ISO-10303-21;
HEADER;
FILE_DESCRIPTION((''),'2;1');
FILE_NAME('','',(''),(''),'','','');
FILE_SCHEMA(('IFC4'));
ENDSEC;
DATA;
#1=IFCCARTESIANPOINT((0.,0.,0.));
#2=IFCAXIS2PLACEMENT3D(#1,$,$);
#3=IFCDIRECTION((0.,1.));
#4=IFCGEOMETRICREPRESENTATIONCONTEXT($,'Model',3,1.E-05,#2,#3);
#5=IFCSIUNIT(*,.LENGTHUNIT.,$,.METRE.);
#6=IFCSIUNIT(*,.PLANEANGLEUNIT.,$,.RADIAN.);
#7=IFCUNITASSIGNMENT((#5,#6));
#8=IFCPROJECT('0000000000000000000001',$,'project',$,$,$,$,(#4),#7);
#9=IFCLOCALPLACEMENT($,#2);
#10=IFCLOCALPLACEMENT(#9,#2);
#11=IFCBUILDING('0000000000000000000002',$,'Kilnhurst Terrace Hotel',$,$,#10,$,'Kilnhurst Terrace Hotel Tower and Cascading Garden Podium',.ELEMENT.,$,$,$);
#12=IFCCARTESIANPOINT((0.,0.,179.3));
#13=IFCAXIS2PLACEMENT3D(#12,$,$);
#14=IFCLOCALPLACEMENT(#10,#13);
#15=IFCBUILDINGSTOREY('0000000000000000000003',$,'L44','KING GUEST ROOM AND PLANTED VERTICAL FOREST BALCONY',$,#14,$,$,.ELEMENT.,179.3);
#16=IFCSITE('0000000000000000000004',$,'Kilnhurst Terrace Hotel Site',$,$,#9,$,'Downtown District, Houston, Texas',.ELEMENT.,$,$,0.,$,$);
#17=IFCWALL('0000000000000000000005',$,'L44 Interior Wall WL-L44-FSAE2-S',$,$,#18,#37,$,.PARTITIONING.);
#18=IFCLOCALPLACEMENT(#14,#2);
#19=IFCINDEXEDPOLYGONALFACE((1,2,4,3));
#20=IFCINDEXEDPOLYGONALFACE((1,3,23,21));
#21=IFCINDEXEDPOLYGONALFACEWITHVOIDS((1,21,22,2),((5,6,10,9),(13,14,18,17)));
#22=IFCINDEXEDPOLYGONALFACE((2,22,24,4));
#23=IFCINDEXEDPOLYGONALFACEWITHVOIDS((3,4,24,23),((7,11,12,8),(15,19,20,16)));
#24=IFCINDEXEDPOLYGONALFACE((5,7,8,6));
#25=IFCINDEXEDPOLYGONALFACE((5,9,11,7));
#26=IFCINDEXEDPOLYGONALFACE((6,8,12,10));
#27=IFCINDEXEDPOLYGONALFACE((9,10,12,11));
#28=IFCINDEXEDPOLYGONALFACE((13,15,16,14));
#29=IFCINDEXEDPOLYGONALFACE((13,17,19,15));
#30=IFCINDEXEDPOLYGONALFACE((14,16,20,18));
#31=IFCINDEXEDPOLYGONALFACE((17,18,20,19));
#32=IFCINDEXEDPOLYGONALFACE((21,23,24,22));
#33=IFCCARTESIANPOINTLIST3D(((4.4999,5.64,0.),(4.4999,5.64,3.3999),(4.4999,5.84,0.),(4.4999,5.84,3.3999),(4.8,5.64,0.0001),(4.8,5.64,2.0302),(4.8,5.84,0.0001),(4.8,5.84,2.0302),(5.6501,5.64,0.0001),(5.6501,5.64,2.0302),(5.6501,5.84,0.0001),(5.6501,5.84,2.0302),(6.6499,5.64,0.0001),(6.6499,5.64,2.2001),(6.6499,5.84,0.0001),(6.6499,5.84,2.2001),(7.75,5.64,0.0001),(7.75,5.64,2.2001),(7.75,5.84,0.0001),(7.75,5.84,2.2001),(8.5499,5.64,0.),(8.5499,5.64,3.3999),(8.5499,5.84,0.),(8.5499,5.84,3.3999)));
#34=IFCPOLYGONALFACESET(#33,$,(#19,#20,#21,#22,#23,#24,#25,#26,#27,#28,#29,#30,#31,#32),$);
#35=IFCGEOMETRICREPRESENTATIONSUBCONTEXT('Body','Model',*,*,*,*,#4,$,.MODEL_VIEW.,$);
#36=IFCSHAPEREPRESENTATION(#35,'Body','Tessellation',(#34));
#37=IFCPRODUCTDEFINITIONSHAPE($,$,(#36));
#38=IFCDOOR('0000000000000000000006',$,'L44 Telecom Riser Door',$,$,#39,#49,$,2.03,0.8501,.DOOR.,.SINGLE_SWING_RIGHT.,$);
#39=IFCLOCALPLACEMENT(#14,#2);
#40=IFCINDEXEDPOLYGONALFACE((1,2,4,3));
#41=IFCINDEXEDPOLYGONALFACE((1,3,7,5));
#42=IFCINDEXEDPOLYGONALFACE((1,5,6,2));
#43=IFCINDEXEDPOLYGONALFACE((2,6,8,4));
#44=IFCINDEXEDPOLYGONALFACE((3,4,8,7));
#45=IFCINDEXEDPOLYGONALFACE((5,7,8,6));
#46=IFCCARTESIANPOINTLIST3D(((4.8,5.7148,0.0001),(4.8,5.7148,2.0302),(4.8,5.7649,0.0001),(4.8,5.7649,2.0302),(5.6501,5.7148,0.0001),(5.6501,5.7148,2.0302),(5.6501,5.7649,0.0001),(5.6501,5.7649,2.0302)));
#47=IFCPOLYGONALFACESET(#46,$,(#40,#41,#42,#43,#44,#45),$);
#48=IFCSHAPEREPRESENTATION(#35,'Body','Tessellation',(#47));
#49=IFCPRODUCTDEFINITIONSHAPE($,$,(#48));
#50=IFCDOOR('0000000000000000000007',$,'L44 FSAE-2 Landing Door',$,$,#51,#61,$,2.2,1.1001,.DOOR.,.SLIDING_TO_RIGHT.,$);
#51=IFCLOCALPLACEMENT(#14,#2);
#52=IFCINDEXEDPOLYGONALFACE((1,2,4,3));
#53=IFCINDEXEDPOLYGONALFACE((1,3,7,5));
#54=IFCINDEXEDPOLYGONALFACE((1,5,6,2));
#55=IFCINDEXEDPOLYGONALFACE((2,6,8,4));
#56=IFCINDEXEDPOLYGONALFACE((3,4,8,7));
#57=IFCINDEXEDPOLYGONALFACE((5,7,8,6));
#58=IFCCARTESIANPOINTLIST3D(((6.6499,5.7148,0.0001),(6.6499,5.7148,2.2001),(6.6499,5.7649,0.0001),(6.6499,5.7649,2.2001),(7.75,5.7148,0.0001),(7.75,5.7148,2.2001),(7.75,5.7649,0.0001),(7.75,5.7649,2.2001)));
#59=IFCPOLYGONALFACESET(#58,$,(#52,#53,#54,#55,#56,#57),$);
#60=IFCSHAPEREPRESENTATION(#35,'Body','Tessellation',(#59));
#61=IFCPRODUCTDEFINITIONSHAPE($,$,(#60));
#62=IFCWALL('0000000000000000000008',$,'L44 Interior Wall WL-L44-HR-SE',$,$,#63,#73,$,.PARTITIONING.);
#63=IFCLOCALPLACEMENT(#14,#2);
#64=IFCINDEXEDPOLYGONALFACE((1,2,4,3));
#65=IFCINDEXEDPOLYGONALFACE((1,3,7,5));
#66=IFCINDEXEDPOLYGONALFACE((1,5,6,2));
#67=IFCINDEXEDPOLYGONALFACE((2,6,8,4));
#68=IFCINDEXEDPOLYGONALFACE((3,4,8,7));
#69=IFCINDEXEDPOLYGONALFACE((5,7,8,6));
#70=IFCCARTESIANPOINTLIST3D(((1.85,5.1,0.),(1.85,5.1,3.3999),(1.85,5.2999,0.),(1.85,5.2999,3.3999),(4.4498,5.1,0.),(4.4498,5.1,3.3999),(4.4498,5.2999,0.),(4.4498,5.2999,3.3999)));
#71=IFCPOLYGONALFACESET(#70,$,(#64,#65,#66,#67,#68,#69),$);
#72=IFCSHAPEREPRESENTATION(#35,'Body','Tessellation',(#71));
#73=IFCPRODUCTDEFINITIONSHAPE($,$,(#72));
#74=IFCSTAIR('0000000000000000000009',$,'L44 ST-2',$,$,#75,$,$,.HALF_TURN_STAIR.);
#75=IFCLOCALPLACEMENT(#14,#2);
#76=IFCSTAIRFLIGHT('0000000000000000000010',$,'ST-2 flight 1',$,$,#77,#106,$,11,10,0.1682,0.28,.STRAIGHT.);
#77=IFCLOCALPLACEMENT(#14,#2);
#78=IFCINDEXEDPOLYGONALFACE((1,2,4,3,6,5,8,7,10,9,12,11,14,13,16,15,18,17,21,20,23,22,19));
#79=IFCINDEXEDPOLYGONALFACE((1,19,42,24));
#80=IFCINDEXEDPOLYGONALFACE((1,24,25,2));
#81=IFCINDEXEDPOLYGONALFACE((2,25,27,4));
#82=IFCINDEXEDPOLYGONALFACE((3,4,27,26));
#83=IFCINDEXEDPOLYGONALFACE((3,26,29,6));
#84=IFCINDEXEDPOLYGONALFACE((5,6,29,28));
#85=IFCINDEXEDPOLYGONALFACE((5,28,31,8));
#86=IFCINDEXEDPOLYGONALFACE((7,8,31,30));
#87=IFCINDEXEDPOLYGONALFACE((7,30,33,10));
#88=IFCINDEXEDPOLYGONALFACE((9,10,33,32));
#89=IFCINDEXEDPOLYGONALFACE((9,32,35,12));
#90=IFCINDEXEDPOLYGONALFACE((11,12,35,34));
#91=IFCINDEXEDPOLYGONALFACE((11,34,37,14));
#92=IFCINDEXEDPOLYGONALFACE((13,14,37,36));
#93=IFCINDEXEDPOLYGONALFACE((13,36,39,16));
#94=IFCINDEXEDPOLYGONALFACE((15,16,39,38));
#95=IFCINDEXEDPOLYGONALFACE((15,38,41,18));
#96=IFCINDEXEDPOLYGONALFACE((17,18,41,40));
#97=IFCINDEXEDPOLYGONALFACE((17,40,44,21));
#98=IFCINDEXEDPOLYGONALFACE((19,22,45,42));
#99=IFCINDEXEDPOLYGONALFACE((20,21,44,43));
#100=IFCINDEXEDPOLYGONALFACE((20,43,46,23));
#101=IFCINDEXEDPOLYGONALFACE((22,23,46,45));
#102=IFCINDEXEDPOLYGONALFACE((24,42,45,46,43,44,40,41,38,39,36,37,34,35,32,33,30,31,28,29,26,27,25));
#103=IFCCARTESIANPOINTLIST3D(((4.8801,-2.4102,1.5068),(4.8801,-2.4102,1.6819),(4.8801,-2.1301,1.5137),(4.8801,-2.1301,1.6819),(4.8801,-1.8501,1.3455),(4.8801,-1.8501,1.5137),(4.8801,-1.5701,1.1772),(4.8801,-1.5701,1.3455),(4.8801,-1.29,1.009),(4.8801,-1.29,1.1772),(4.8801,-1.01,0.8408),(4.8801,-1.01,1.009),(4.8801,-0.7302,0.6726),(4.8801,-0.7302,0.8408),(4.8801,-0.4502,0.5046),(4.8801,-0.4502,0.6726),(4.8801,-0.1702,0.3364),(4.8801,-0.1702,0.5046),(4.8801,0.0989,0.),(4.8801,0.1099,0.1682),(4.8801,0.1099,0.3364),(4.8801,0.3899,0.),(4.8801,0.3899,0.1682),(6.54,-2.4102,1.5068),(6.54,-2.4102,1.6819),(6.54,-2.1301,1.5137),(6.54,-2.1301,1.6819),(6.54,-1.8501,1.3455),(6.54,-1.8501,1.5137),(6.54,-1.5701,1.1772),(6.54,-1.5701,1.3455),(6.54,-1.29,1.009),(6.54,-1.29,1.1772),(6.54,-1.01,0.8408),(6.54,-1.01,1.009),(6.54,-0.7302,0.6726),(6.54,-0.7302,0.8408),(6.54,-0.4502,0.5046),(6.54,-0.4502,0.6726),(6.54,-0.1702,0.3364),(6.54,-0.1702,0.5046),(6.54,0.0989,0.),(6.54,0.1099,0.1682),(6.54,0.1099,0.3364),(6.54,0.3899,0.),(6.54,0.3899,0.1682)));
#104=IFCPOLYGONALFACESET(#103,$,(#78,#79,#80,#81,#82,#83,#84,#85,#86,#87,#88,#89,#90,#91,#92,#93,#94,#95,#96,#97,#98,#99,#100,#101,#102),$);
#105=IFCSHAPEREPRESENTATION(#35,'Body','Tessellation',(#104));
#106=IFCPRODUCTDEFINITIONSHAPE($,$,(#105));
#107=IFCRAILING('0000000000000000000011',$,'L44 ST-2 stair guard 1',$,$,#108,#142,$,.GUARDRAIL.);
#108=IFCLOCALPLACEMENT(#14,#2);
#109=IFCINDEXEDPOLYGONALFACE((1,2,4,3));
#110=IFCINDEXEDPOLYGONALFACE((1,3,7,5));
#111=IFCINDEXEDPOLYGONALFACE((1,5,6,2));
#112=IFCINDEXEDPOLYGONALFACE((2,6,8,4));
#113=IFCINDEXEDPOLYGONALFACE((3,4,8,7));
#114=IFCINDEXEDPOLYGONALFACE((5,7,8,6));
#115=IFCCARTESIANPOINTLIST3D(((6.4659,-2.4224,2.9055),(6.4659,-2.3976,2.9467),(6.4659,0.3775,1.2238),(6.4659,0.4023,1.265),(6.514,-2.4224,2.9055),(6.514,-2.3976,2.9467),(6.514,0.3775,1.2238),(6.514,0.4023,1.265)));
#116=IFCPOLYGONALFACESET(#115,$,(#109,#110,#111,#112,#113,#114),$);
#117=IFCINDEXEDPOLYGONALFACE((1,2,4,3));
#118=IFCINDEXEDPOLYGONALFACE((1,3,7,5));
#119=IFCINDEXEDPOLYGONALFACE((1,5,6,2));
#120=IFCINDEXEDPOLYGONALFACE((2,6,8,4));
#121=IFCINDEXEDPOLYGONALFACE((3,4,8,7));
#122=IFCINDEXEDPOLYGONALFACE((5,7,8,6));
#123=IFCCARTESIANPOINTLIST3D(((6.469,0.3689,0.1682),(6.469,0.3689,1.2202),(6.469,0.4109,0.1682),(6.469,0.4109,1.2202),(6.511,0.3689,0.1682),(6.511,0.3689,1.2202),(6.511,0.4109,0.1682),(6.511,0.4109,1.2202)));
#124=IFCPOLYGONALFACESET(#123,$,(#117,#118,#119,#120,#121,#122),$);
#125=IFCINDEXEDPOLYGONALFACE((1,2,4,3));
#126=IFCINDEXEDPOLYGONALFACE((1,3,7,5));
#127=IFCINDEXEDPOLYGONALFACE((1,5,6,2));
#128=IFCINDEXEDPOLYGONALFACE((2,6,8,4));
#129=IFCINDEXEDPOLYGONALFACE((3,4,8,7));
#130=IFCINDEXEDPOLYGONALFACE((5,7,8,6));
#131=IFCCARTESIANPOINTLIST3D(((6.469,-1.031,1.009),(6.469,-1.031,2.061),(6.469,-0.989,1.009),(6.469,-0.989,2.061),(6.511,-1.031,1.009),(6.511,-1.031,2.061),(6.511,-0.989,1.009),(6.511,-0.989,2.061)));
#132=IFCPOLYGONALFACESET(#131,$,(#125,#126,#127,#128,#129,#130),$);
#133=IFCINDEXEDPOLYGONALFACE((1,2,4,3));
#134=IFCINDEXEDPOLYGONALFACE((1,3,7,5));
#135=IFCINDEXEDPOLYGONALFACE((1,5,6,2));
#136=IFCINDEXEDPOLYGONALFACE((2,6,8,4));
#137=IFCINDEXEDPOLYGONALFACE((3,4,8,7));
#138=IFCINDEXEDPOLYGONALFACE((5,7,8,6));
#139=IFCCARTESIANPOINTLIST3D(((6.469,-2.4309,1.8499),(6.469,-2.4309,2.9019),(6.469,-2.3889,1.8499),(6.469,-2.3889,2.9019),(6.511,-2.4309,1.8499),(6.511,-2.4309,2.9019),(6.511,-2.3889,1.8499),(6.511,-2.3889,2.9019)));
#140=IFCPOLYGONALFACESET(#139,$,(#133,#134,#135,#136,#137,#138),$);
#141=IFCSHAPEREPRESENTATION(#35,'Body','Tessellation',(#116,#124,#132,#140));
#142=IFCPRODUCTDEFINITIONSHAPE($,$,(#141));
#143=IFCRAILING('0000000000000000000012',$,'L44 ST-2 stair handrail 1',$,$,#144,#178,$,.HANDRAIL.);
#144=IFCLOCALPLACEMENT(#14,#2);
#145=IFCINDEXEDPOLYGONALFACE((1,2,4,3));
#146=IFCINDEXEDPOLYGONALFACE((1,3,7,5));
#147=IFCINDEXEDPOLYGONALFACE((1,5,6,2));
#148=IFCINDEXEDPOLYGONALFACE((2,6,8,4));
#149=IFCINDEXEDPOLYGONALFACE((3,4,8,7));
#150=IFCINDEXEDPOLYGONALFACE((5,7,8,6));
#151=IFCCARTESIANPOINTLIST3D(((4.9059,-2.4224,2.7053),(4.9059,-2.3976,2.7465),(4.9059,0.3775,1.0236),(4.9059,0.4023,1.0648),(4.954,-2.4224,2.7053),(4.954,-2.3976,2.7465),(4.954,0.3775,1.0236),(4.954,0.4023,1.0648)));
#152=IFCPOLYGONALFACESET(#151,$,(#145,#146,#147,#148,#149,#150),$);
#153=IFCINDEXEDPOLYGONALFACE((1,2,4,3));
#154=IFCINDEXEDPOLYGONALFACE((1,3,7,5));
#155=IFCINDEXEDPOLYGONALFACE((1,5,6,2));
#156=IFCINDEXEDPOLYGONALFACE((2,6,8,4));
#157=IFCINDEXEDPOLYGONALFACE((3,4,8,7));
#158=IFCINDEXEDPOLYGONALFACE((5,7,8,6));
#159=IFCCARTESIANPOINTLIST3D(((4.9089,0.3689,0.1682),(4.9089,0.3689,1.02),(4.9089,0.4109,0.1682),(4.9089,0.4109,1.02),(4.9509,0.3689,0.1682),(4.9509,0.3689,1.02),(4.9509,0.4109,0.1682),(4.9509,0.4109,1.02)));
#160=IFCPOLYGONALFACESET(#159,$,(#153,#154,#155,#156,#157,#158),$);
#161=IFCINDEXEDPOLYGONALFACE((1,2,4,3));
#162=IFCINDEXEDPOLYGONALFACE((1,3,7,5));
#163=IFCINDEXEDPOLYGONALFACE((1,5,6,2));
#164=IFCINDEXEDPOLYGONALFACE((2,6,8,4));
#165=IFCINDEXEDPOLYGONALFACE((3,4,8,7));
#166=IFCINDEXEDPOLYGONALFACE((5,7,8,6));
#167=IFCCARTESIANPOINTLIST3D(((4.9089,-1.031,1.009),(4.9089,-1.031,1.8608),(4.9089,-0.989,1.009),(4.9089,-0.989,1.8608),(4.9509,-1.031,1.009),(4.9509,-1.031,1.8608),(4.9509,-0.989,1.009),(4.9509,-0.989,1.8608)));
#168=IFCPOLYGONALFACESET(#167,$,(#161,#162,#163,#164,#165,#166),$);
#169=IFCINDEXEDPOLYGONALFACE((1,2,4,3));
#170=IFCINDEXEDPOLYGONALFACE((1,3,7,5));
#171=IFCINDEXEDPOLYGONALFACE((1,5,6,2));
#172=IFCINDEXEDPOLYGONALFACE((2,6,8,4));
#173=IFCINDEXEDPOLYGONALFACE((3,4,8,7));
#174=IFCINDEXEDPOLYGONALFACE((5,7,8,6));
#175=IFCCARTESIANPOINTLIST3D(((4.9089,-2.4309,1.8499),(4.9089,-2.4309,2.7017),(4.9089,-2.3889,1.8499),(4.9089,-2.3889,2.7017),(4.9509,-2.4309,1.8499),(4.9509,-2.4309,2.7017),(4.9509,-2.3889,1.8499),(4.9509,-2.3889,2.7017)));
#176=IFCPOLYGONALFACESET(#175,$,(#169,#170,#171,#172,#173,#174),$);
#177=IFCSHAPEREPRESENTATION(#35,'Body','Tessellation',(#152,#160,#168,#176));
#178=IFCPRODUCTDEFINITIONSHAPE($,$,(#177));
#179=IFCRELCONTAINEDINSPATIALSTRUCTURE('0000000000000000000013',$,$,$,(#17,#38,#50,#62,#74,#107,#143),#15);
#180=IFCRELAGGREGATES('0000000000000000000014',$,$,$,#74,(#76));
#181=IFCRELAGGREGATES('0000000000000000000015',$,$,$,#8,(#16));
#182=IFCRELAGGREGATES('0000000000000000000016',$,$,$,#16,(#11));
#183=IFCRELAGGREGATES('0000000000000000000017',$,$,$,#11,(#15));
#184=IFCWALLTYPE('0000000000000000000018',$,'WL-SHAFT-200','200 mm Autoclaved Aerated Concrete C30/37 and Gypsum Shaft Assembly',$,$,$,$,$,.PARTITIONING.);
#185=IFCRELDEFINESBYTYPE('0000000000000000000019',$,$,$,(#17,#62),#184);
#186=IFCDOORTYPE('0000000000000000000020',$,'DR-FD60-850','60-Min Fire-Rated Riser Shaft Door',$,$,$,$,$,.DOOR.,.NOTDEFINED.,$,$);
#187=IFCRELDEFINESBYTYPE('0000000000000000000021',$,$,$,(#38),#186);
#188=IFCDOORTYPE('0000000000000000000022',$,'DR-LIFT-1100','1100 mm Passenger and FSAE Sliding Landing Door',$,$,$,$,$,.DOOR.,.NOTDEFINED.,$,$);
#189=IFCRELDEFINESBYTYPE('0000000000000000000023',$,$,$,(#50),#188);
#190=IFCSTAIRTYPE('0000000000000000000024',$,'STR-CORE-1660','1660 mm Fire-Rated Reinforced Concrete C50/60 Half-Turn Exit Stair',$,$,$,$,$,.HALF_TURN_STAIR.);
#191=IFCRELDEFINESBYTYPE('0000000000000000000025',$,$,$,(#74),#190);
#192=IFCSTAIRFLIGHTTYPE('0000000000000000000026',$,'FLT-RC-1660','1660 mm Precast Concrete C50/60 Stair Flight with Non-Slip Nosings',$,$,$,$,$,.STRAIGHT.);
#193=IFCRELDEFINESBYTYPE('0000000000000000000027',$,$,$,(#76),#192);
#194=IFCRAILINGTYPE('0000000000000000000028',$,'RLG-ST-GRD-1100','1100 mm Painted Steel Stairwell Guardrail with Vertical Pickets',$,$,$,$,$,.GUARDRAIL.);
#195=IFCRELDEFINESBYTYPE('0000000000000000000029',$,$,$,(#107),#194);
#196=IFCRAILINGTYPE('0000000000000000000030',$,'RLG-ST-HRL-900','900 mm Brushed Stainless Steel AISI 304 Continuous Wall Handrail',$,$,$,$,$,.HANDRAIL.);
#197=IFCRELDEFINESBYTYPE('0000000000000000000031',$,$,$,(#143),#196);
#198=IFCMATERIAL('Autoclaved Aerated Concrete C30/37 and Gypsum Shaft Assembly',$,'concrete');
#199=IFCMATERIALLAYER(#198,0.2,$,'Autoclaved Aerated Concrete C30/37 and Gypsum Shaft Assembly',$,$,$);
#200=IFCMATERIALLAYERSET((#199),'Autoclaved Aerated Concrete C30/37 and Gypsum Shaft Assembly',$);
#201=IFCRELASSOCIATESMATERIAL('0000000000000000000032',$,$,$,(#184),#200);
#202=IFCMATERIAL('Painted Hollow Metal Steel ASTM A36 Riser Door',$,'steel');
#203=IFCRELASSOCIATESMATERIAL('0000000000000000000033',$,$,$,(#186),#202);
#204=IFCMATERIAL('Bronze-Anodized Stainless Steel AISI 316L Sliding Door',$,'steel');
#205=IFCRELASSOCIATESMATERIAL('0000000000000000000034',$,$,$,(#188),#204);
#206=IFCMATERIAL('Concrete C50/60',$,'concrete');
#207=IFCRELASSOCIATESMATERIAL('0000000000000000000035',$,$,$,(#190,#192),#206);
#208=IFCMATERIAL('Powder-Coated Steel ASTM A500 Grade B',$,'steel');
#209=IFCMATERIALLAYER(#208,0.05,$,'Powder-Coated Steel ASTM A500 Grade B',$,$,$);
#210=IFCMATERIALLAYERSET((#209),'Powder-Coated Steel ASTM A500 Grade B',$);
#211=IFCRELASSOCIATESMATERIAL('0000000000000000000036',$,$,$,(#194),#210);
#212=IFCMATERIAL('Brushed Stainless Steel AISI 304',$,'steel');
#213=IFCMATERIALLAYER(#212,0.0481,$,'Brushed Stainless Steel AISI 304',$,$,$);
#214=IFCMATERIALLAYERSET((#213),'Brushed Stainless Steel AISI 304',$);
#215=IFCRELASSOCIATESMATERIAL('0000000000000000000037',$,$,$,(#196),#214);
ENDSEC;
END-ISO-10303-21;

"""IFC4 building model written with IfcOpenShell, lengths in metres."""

from ifc_helpers import new_model, si_unit, direction, frame, frame_2d, origin, origin_2d, place, context, subcontext, project, spatial, polyline, rectangle, outline, extrude, material, layer, layer_set, type_object, element, fill, aggregate, save


model = new_model("IFC4")

# Units and contexts
model_context = context("Model", 3, precision=1e-05, world=origin(), true_north=direction((0.0, 1.0)))
body_context = subcontext(model_context, "Body", "Model", "MODEL_VIEW")
ifc_project = project(units=[si_unit("LENGTHUNIT", "METRE"), si_unit("PLANEANGLEUNIT", "RADIAN")], contexts=[model_context])

# Site, building, storey
site_placement = place(None, origin())
site = spatial("IfcSite", under=ifc_project, at=site_placement, Name="Kilnhurst Terrace Hotel Site", LongName="Downtown District, Houston, Texas", CompositionType="ELEMENT", RefElevation=0.0)
building_placement = place(site_placement, origin())
building = spatial("IfcBuilding", under=site, at=building_placement, Name="Kilnhurst Terrace Hotel", LongName="Kilnhurst Terrace Hotel Tower and Cascading Garden Podium", CompositionType="ELEMENT")
storey_placement = place(building_placement, frame((0.0, 0.0, 179.3)))
storey = spatial("IfcBuildingStorey", under=building, at=storey_placement, Name="L44", Description="KING GUEST ROOM AND PLANTED VERTICAL FOREST BALCONY", CompositionType="ELEMENT", Elevation=179.3)

# Wall, openings, doors
ifc_material_1 = material(Name="Autoclaved Aerated Concrete C30/37 and Gypsum Shaft Assembly", Category="concrete")
ifc_layer_1 = layer(ifc_material_1, 0.2, Name="Autoclaved Aerated Concrete C30/37 and Gypsum Shaft Assembly")
ifc_layer_set_1 = layer_set([ifc_layer_1], Name="Autoclaved Aerated Concrete C30/37 and Gypsum Shaft Assembly")
wall_type_1 = type_object("IfcWallType", Name="WL-SHAFT-200", Description="200 mm Autoclaved Aerated Concrete C30/37 and Gypsum Shaft Assembly", PredefinedType="PARTITIONING", material=ifc_layer_set_1)
wall_1_placement = place(storey_placement, frame((4.5, 5.74, 0.0), z_axis=(0.0, 0.0, 1.0), x_axis=(1.0, 0.0, 0.0)))
wall_1 = element("IfcWall", 1, at=wall_1_placement, inside=storey, type_object=wall_type_1, Name="L44 Interior Wall WL-L44-FSAE2-S", PredefinedType="PARTITIONING", context=body_context, shape_type="SweptSolid", body=[
    extrude(rectangle(XDim=4.05, YDim=0.2, at=frame_2d((2.0249, 0.0))), origin(), (0.0, 0.0, 1.0), 3.3999),
])
opening_1_placement = place(wall_1_placement, frame((0.3, 0.0, 0.0)))
opening_1 = element("IfcOpeningElement", 2, at=opening_1_placement, cuts=wall_1, PredefinedType="OPENING", context=body_context, shape_type="SweptSolid", body=[
    extrude(rectangle(XDim=0.8501, YDim=2.03, at=frame_2d((0.425, 1.0151))), frame((0.0, 0.1099, 0.0), z_axis=(0.0, -1.0, 0.0), x_axis=(1.0, 0.0, 0.0)), (0.0, 0.0, 1.0), 0.22),
])
opening_2_placement = place(wall_1_placement, frame((2.1499, 0.0, 0.0)))
opening_2 = element("IfcOpeningElement", 3, at=opening_2_placement, cuts=wall_1, PredefinedType="OPENING", context=body_context, shape_type="SweptSolid", body=[
    extrude(rectangle(XDim=1.1001, YDim=2.2, at=frame_2d((0.55, 1.1001))), frame((0.0, 0.1099, 0.0), z_axis=(0.0, -1.0, 0.0), x_axis=(1.0, 0.0, 0.0)), (0.0, 0.0, 1.0), 0.22),
])
ifc_material_2 = material(Name="Painted Hollow Metal Steel ASTM A36 Riser Door", Category="steel")
door_type_1 = type_object("IfcDoorType", Name="DR-FD60-850", Description="60-Min Fire-Rated Riser Shaft Door", OperationType="NOTDEFINED", PredefinedType="DOOR", material=ifc_material_2)
door_1_placement = place(opening_1_placement, origin())
door_1 = element("IfcDoor", 4, at=door_1_placement, inside=storey, type_object=door_type_1, Name="L44 Telecom Riser Door", OperationType="SINGLE_SWING_RIGHT", OverallHeight=2.03, OverallWidth=0.8501, PredefinedType="DOOR", context=body_context, shape_type="SweptSolid", body=[
    extrude(rectangle(XDim=0.8501, YDim=2.03, at=frame_2d((0.425, 1.0151))), frame((0.0, 0.0249, 0.0), z_axis=(0.0, -1.0, 0.0), x_axis=(1.0, 0.0, 0.0)), (0.0, 0.0, 1.0), 0.05),
])
fill(opening_1, door_1)
ifc_material_3 = material(Name="Bronze-Anodized Stainless Steel AISI 316L Sliding Door", Category="steel")
door_type_2 = type_object("IfcDoorType", Name="DR-LIFT-1100", Description="1100 mm Passenger and FSAE Sliding Landing Door", OperationType="NOTDEFINED", PredefinedType="DOOR", material=ifc_material_3)
door_2_placement = place(opening_2_placement, origin())
door_2 = element("IfcDoor", 5, at=door_2_placement, inside=storey, type_object=door_type_2, Name="L44 FSAE-2 Landing Door", OperationType="SLIDING_TO_RIGHT", OverallHeight=2.2, OverallWidth=1.1001, PredefinedType="DOOR", context=body_context, shape_type="SweptSolid", body=[
    extrude(rectangle(XDim=1.1001, YDim=2.2, at=frame_2d((0.55, 1.1001))), frame((0.0, 0.0249, 0.0), z_axis=(0.0, -1.0, 0.0), x_axis=(1.0, 0.0, 0.0)), (0.0, 0.0, 1.0), 0.05),
])
fill(opening_2, door_2)

# Wall
wall_2_placement = place(storey_placement, frame((1.8501, 5.2, 0.0), z_axis=(0.0, 0.0, 1.0), x_axis=(1.0, 0.0, 0.0)))
element("IfcWall", 6, at=wall_2_placement, inside=storey, type_object=wall_type_1, Name="L44 Interior Wall WL-L44-HR-SE", PredefinedType="PARTITIONING", context=body_context, shape_type="SweptSolid", body=[
    extrude(rectangle(XDim=2.5999, YDim=0.2, at=frame_2d((1.2998, 0.0))), origin(), (0.0, 0.0, 1.0), 3.3999),
])

# Shared definitions
ifc_material_4 = material(Name="Concrete C50/60", Category="concrete")

# Stair, stair flight
stair_type = type_object("IfcStairType", Name="STR-CORE-1660", Description="1660 mm Fire-Rated Reinforced Concrete C50/60 Half-Turn Exit Stair", PredefinedType="HALF_TURN_STAIR", material=ifc_material_4)
stair_placement = place(storey_placement, origin())
stair = element("IfcStair", 7, at=stair_placement, inside=storey, type_object=stair_type, Name="L44 ST-2", PredefinedType="HALF_TURN_STAIR")
stair_flight_type = type_object("IfcStairFlightType", Name="FLT-RC-1660", Description="1660 mm Precast Concrete C50/60 Stair Flight with Non-Slip Nosings", PredefinedType="STRAIGHT", material=ifc_material_4)
stair_flight_placement = place(storey_placement, frame((5.71, 0.3899, 0.0), z_axis=(0.0, 0.0, 1.0), x_axis=(0.0, -1.0, 0.0)))
stair_flight = element("IfcStairFlight", 8, at=stair_flight_placement, type_object=stair_flight_type, Name="ST-2 flight 1", NumberOfRisers=11, NumberOfTreads=10, PredefinedType="STRAIGHT", RiserHeight=0.1682, TreadLength=0.28, context=body_context, shape_type="SweptSolid", body=[
    extrude(outline(polyline([(0.0, 0.0), (0.0, 0.1682), (0.28, 0.1682), (0.28, 0.3364), (0.5601, 0.3364), (0.5601, 0.5046), (0.8401, 0.5046), (0.8401, 0.6726), (1.1201, 0.6726), (1.1201, 0.8408), (1.3999, 0.8408), (1.3999, 1.009), (1.6799, 1.009), (1.6799, 1.1772), (1.96, 1.1772), (1.96, 1.3455), (2.24, 1.3455), (2.24, 1.5137), (2.52, 1.5137), (2.52, 1.6819), (2.8, 1.6819), (2.8, 1.8501), (2.8, 1.5068), (0.291, 0.0), (0.0, 0.0)])), frame((0.0, 0.8301, 0.0), z_axis=(0.0, -1.0, 0.0), x_axis=(1.0, 0.0, 0.0)), (0.0, 0.0, 1.0), 1.6599),
])
aggregate(stair, [stair_flight])

# Railings
ifc_material_5 = material(Name="Powder-Coated Steel ASTM A500 Grade B", Category="steel")
ifc_layer_2 = layer(ifc_material_5, 0.05, Name="Powder-Coated Steel ASTM A500 Grade B")
ifc_layer_set_2 = layer_set([ifc_layer_2], Name="Powder-Coated Steel ASTM A500 Grade B")
railing_type_1 = type_object("IfcRailingType", Name="RLG-ST-GRD-1100", Description="1100 mm Painted Steel Stairwell Guardrail with Vertical Pickets", PredefinedType="GUARDRAIL", material=ifc_layer_set_2)
railing_1_placement = place(storey_placement, frame((6.49, 0.3899, 0.1682)))
element("IfcRailing", 9, at=railing_1_placement, inside=storey, type_object=railing_type_1, Name="L44 ST-2 stair guard 1", PredefinedType="GUARDRAIL", context=body_context, shape_type="SweptSolid", body=[
    extrude(rectangle(XDim=0.0481, YDim=0.0481, at=origin_2d()), frame((0.0, 0.0, 1.0762), z_axis=(0.0, -0.857255, 0.514891), x_axis=(1.0, 0.0, 0.0)), (0.0, 0.0, 1.0), 3.2661),
    extrude(rectangle(XDim=0.042, YDim=0.042, at=origin_2d()), origin(), (0.0, 0.0, 1.0), 1.052),
    extrude(rectangle(XDim=0.042, YDim=0.042, at=origin_2d()), frame((0.0, -1.3999, 0.8408)), (0.0, 0.0, 1.0), 1.052),
    extrude(rectangle(XDim=0.042, YDim=0.042, at=origin_2d()), frame((0.0, -2.7998, 1.6816)), (0.0, 0.0, 1.0), 1.052),
])
ifc_material_6 = material(Name="Brushed Stainless Steel AISI 304", Category="steel")
ifc_layer_3 = layer(ifc_material_6, 0.0481, Name="Brushed Stainless Steel AISI 304")
ifc_layer_set_3 = layer_set([ifc_layer_3], Name="Brushed Stainless Steel AISI 304")
railing_type_2 = type_object("IfcRailingType", Name="RLG-ST-HRL-900", Description="900 mm Brushed Stainless Steel AISI 304 Continuous Wall Handrail", PredefinedType="HANDRAIL", material=ifc_layer_set_3)
railing_2_placement = place(storey_placement, frame((4.9299, 0.3899, 0.1682)))
element("IfcRailing", 10, at=railing_2_placement, inside=storey, type_object=railing_type_2, Name="L44 ST-2 stair handrail 1", PredefinedType="HANDRAIL", context=body_context, shape_type="SweptSolid", body=[
    extrude(rectangle(XDim=0.0481, YDim=0.0481, at=origin_2d()), frame((0.0, 0.0, 0.876), z_axis=(0.0, -0.857255, 0.514891), x_axis=(1.0, 0.0, 0.0)), (0.0, 0.0, 1.0), 3.2661),
    extrude(rectangle(XDim=0.042, YDim=0.042, at=origin_2d()), origin(), (0.0, 0.0, 1.0), 0.8518),
    extrude(rectangle(XDim=0.042, YDim=0.042, at=origin_2d()), frame((0.0, -1.3999, 0.8408)), (0.0, 0.0, 1.0), 0.8518),
    extrude(rectangle(XDim=0.042, YDim=0.042, at=origin_2d()), frame((0.0, -2.7998, 1.6816)), (0.0, 0.0, 1.0), 0.8518),
])

save(model, "model.ifc")
